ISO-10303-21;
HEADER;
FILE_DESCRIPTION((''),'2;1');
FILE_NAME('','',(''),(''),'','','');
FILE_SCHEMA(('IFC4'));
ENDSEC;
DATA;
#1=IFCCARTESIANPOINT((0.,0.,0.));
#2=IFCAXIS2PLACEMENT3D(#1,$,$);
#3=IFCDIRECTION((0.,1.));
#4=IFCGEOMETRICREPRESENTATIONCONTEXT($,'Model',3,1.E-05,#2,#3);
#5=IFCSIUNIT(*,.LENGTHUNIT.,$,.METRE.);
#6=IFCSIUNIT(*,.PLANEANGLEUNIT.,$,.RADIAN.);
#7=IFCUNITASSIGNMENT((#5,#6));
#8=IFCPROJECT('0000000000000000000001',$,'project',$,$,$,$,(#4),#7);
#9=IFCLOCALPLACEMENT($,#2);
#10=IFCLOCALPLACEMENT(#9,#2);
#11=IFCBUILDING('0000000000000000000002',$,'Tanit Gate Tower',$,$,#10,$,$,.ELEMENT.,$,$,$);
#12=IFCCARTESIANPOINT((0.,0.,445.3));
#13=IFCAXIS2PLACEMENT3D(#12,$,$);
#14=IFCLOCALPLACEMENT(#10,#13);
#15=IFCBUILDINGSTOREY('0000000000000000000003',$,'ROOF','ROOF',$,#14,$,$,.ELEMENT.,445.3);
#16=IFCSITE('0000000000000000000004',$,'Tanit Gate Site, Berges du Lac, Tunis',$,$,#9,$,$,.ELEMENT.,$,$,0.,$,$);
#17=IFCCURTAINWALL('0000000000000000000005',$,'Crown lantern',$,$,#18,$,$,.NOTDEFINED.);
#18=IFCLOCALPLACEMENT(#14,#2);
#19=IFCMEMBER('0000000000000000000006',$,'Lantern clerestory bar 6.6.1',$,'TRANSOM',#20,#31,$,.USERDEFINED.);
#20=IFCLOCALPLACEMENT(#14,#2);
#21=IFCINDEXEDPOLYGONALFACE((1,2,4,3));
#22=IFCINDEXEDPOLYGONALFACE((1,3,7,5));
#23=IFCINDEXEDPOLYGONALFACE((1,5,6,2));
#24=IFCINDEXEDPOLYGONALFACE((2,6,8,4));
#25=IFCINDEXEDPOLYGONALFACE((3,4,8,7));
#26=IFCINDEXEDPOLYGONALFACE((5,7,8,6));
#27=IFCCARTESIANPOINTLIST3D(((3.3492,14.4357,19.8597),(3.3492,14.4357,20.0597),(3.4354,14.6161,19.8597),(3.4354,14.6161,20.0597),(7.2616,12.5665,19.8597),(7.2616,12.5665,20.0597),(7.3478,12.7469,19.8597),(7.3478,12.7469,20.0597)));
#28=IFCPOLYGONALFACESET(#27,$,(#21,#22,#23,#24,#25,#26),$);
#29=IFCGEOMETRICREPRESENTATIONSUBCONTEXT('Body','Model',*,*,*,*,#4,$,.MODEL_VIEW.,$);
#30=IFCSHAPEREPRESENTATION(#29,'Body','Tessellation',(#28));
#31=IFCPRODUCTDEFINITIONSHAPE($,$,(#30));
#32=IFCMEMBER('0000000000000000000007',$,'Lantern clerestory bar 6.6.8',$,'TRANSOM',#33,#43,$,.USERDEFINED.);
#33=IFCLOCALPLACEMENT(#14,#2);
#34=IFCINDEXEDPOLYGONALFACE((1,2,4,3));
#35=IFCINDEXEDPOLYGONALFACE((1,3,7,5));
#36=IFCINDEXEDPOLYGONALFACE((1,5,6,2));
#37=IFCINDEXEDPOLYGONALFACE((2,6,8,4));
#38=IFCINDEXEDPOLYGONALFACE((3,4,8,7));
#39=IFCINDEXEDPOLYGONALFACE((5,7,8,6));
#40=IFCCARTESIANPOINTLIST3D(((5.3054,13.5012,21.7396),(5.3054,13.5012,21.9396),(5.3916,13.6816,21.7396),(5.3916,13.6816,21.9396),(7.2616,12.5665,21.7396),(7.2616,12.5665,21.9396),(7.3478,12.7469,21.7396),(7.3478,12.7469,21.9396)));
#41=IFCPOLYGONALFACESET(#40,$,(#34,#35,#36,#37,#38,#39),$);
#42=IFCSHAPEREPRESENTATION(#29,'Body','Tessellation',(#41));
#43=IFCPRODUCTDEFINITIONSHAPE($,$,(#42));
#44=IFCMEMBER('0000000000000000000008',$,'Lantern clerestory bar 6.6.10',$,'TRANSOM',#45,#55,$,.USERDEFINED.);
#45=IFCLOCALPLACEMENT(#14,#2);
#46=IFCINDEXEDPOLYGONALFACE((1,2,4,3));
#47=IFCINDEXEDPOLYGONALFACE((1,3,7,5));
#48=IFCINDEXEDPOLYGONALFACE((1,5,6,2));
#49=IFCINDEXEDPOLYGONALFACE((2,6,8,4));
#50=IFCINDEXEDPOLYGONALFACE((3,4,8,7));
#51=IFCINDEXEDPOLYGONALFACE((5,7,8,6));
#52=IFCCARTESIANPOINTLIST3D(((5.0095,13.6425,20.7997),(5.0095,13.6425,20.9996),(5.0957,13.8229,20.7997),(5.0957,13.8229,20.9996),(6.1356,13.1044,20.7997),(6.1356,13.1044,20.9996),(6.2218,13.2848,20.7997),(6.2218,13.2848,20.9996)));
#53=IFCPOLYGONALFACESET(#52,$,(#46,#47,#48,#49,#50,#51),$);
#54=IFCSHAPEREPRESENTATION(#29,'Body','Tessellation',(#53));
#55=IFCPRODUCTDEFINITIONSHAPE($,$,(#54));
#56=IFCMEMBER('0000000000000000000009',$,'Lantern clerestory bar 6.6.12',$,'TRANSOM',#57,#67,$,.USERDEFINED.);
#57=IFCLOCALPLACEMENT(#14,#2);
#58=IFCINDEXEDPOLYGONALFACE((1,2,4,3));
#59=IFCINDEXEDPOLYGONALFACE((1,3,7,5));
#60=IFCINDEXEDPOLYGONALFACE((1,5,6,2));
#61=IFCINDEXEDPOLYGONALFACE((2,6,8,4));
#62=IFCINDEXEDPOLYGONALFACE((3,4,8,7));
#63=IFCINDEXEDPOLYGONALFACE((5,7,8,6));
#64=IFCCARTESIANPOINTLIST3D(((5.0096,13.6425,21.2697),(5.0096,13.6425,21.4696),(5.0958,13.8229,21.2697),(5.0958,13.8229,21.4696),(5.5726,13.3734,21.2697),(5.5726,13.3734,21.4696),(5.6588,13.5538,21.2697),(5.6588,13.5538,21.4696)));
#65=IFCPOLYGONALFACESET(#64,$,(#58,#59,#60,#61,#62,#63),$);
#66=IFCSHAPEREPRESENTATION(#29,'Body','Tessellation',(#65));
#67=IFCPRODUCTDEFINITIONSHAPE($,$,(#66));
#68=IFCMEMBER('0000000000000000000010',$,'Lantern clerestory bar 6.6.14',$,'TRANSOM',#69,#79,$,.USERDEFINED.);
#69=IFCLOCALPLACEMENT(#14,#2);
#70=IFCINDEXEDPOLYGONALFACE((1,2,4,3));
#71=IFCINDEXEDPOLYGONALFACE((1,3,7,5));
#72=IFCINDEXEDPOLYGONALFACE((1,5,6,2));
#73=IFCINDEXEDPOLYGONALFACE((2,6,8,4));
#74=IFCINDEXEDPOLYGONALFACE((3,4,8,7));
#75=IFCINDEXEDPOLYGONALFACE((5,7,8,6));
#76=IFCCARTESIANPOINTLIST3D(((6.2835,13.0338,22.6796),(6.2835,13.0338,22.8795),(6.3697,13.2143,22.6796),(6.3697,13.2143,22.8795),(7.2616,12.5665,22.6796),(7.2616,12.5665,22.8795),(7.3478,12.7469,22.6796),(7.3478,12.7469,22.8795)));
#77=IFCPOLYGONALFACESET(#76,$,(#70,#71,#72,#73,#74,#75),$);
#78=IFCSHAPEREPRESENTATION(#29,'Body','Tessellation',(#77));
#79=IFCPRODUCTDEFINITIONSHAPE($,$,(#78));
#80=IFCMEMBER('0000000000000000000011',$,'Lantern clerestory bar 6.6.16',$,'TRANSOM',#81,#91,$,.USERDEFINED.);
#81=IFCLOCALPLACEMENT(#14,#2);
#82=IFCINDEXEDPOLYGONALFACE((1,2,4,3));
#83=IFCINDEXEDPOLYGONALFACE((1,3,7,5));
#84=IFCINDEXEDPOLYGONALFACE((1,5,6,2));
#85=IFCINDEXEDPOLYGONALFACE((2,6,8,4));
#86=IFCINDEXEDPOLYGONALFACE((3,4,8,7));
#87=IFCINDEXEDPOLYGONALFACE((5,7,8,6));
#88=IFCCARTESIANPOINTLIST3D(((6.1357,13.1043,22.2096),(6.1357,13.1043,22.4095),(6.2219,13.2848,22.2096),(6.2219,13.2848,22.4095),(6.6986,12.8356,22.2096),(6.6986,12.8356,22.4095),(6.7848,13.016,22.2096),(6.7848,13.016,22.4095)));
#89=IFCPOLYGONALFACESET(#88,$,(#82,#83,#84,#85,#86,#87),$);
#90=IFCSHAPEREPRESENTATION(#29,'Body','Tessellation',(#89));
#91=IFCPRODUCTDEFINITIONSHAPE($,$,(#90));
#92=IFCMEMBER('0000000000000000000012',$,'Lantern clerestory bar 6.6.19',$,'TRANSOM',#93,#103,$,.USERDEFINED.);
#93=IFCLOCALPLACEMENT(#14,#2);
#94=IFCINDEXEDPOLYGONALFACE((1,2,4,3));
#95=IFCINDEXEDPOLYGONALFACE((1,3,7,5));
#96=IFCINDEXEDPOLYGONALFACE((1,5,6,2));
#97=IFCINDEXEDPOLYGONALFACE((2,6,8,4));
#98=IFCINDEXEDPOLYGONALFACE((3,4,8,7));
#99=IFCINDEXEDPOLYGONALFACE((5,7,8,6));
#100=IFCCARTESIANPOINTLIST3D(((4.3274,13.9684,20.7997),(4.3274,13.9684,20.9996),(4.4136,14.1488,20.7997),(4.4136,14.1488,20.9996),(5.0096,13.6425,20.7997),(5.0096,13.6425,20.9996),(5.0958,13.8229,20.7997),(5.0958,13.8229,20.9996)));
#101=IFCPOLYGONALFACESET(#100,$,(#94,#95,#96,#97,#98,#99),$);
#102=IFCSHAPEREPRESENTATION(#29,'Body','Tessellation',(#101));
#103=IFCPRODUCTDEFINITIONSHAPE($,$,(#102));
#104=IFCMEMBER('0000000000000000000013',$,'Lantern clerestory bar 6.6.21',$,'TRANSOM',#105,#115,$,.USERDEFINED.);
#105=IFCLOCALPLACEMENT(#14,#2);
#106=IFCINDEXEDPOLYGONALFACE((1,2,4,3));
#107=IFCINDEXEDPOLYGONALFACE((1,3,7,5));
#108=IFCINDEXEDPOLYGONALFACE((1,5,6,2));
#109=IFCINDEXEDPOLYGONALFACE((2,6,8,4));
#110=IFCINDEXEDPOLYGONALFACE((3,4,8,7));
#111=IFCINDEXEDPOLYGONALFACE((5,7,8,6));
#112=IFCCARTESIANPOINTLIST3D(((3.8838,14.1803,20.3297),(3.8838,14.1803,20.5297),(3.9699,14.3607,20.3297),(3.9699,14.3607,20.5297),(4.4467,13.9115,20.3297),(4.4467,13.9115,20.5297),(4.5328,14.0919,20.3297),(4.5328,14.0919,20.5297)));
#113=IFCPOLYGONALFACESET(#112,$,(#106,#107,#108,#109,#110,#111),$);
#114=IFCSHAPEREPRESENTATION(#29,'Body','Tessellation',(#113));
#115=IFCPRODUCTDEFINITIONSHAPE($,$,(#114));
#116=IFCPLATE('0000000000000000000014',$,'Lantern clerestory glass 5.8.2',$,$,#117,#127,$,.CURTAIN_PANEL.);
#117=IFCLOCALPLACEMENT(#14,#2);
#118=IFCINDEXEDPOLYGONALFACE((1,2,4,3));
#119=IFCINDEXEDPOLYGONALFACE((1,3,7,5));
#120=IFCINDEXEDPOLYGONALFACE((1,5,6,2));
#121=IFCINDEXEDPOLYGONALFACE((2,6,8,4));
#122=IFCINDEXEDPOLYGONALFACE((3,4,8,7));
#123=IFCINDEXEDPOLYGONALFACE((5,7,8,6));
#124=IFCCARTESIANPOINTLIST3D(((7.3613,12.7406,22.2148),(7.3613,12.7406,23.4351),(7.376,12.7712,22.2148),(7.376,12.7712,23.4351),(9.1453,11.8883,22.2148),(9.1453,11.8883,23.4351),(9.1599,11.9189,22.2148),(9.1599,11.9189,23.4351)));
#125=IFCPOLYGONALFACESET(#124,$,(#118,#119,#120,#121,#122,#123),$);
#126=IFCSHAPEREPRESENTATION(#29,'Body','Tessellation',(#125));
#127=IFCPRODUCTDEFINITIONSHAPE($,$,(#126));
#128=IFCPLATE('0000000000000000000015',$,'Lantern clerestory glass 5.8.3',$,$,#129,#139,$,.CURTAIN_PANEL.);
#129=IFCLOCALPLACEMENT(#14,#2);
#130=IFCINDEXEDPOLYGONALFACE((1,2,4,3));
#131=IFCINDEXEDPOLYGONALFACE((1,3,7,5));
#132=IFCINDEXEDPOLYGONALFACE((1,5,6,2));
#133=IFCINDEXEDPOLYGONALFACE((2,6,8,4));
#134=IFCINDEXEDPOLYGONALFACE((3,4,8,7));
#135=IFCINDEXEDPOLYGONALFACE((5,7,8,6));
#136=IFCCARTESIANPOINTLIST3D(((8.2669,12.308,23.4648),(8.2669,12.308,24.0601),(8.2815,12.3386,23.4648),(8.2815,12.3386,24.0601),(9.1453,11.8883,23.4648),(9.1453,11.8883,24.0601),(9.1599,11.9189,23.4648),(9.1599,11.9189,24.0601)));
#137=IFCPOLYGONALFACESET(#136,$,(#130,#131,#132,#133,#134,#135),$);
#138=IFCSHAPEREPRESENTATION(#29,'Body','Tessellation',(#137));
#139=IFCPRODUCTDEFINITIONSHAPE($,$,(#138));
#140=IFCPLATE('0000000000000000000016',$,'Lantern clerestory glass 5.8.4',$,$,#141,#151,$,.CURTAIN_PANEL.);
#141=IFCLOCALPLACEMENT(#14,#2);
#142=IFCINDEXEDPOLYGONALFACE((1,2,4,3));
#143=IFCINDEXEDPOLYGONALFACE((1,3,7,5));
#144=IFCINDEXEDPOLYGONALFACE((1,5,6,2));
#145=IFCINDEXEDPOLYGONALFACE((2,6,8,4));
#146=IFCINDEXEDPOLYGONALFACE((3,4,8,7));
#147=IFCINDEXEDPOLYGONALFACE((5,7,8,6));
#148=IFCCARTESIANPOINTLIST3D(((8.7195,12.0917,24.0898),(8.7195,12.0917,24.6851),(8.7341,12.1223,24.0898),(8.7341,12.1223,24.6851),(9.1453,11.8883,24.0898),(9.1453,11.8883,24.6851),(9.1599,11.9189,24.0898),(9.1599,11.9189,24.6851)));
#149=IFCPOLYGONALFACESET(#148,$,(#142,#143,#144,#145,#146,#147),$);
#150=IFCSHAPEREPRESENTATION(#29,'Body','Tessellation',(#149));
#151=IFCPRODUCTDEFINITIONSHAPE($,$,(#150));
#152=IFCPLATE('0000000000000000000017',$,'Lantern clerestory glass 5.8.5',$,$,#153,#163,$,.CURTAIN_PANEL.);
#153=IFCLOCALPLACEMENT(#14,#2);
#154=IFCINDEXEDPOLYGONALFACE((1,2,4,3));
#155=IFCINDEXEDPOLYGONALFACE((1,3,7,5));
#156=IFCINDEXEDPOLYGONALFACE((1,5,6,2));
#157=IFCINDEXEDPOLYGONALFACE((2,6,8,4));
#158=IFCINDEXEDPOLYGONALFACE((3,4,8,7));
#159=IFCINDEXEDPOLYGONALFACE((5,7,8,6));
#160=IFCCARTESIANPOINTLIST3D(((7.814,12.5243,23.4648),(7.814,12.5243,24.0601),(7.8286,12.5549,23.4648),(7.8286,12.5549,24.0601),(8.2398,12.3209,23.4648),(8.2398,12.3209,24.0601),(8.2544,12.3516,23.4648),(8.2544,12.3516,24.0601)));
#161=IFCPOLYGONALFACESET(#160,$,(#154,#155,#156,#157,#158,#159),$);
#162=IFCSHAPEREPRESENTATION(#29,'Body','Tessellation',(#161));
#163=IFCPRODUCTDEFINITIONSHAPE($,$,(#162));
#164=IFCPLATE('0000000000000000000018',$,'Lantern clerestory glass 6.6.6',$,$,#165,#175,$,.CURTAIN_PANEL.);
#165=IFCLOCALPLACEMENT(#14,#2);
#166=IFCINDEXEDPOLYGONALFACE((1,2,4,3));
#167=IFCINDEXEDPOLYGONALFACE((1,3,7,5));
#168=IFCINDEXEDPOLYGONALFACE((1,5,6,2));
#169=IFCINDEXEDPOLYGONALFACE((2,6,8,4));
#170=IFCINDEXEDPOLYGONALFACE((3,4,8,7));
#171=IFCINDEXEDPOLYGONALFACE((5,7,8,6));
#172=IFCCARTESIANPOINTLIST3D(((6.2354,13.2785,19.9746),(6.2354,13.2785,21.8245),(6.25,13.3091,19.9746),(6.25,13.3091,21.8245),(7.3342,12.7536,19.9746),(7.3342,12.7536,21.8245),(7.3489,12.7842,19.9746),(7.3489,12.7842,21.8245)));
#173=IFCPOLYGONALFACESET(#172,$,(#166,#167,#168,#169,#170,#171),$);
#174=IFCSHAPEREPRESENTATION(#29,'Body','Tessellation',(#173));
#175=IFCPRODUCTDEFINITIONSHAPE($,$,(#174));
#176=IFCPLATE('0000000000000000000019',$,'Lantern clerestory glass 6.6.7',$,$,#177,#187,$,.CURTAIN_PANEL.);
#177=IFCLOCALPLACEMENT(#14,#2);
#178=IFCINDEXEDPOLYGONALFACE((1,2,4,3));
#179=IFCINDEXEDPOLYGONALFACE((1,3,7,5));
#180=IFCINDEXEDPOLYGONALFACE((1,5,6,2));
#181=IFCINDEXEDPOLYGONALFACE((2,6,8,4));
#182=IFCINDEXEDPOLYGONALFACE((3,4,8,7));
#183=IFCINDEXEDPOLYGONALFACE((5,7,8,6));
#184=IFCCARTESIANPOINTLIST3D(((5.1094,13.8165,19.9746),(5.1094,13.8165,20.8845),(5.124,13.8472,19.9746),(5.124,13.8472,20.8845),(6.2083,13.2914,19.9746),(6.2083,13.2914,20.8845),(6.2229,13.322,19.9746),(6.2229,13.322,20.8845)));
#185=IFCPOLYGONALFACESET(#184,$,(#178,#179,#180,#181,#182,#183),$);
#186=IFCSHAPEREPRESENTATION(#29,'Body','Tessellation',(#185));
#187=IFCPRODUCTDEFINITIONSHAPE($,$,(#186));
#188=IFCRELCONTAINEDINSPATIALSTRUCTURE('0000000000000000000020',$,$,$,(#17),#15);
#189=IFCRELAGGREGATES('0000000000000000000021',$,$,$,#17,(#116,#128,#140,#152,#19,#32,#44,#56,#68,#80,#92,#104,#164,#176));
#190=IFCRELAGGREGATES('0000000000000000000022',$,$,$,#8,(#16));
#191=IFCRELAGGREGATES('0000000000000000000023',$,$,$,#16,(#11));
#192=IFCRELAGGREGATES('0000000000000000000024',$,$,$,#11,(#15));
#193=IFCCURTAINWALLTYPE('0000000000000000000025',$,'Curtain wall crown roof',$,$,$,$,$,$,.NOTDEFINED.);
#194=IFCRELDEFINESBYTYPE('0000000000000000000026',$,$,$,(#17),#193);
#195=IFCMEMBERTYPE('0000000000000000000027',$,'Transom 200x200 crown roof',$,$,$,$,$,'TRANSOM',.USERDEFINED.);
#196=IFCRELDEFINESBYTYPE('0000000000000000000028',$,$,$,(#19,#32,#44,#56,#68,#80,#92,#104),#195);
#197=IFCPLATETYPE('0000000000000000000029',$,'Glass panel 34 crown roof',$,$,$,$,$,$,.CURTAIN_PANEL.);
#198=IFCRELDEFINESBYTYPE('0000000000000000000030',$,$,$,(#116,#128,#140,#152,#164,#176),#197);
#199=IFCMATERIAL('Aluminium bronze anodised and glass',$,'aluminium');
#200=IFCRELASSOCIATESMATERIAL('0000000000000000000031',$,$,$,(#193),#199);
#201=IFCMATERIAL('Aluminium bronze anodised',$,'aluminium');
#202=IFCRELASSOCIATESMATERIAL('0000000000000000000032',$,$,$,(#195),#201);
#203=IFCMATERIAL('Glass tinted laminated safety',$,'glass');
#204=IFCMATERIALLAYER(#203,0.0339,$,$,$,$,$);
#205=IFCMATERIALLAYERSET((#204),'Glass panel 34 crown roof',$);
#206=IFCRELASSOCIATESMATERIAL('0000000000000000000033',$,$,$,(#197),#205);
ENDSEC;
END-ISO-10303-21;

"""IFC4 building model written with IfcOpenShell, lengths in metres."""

from ifc_helpers import new_model, si_unit, direction, frame, origin, origin_2d, place, context, subcontext, project, spatial, polyline, rectangle, outline, extrude, material, layer, layer_set, material_profile, profile_set, type_object, element, aggregate, save


model = new_model("IFC4")

# Units and contexts
model_context = context("Model", 3, precision=1e-05, world=origin(), true_north=direction((0.0, 1.0)))
body_context = subcontext(model_context, "Body", "Model", "MODEL_VIEW")
ifc_project = project(units=[si_unit("LENGTHUNIT", "METRE"), si_unit("PLANEANGLEUNIT", "RADIAN")], contexts=[model_context])

# Site, building, storey
site_placement = place(None, origin())
site = spatial("IfcSite", under=ifc_project, at=site_placement, Name="Tanit Gate Site, Berges du Lac, Tunis", CompositionType="ELEMENT", RefElevation=0.0)
building_placement = place(site_placement, origin())
building = spatial("IfcBuilding", under=site, at=building_placement, Name="Tanit Gate Tower", CompositionType="ELEMENT")
storey_placement = place(building_placement, frame((0.0, 0.0, 445.3)))
storey = spatial("IfcBuildingStorey", under=building, at=storey_placement, Name="ROOF", Description="ROOF", CompositionType="ELEMENT", Elevation=445.3)

# Curtain wall, members, plates
ifc_material_1 = material(Name="Aluminium bronze anodised and glass", Category="aluminium")
curtain_wall_type = type_object("IfcCurtainWallType", Name="Curtain wall crown roof", PredefinedType="NOTDEFINED", material=ifc_material_1)
curtain_wall_placement = place(storey_placement, origin())
curtain_wall = element("IfcCurtainWall", 1, at=curtain_wall_placement, inside=storey, type_object=curtain_wall_type, Name="Crown lantern", PredefinedType="NOTDEFINED")
ifc_material_2 = material(Name="Aluminium bronze anodised", Category="aluminium")
ifc_material_profile_1 = material_profile(ifc_material_2, rectangle(XDim=0.2, YDim=0.2, at=origin_2d()), Name="200x200 bronze transom")
ifc_profile_set_1 = profile_set([ifc_material_profile_1], Name="Aluminium bronze anodised")
member_type_1 = type_object("IfcMemberType", Name="Transom 200x200 crown roof", ElementType="TRANSOM", PredefinedType="USERDEFINED", material=ifc_profile_set_1)
member_1_placement = place(storey_placement, frame((7.3047, 12.6567, 19.9597), z_axis=(-0.902312, 0.431083, 0.0), x_axis=(-0.431083, -0.902312, 0.0)))
member_1 = element("IfcMember", 2, at=member_1_placement, type_object=member_type_1, Name="Lantern clerestory bar 6.6.1", ObjectType="TRANSOM", PredefinedType="USERDEFINED", context=body_context, shape_type="SweptSolid", body=[
    extrude(rectangle(XDim=0.2, YDim=0.2, at=origin_2d()), origin(), (0.0, 0.0, 1.0), 4.3359),
])
member_2_placement = place(storey_placement, frame((7.3047, 12.6567, 21.8396), z_axis=(-0.902302, 0.431105, 0.0), x_axis=(-0.431105, -0.902302, 0.0)))
member_2 = element("IfcMember", 3, at=member_2_placement, type_object=member_type_1, Name="Lantern clerestory bar 6.6.8", ObjectType="TRANSOM", PredefinedType="USERDEFINED", context=body_context, shape_type="SweptSolid", body=[
    extrude(rectangle(XDim=0.2, YDim=0.2, at=origin_2d()), origin(), (0.0, 0.0, 1.0), 2.168),
])
member_3_placement = place(storey_placement, frame((6.1787, 13.1946, 20.8997), z_axis=(-0.902267, 0.431179, 0.0), x_axis=(-0.431179, -0.902267, 0.0)))
member_3 = element("IfcMember", 4, at=member_3_placement, type_object=member_type_1, Name="Lantern clerestory bar 6.6.10", ObjectType="TRANSOM", PredefinedType="USERDEFINED", context=body_context, shape_type="SweptSolid", body=[
    extrude(rectangle(XDim=0.2, YDim=0.2, at=origin_2d()), origin(), (0.0, 0.0, 1.0), 1.248),
])
member_4_placement = place(storey_placement, frame((5.6157, 13.4636, 21.3696), z_axis=(-0.902267, 0.431179, 0.0), x_axis=(-0.431179, -0.902267, 0.0)))
member_4 = element("IfcMember", 5, at=member_4_placement, type_object=member_type_1, Name="Lantern clerestory bar 6.6.12", ObjectType="TRANSOM", PredefinedType="USERDEFINED", context=body_context, shape_type="SweptSolid", body=[
    extrude(rectangle(XDim=0.2, YDim=0.2, at=origin_2d()), origin(), (0.0, 0.0, 1.0), 0.624),
])
member_5_placement = place(storey_placement, frame((7.3047, 12.6567, 22.7795), z_axis=(-0.902302, 0.431105, 0.0), x_axis=(-0.431105, -0.902302, 0.0)))
member_5 = element("IfcMember", 6, at=member_5_placement, type_object=member_type_1, Name="Lantern clerestory bar 6.6.14", ObjectType="TRANSOM", PredefinedType="USERDEFINED", context=body_context, shape_type="SweptSolid", body=[
    extrude(rectangle(XDim=0.2, YDim=0.2, at=origin_2d()), origin(), (0.0, 0.0, 1.0), 1.084),
])
member_6_placement = place(storey_placement, frame((6.7417, 12.9258, 22.3096), z_axis=(-0.902419, 0.43086, 0.0), x_axis=(-0.43086, -0.902419, 0.0)))
member_6 = element("IfcMember", 7, at=member_6_placement, type_object=member_type_1, Name="Lantern clerestory bar 6.6.16", ObjectType="TRANSOM", PredefinedType="USERDEFINED", context=body_context, shape_type="SweptSolid", body=[
    extrude(rectangle(XDim=0.2, YDim=0.2, at=origin_2d()), origin(), (0.0, 0.0, 1.0), 0.6238),
])
member_7_placement = place(storey_placement, frame((5.0527, 13.7327, 20.8997), z_axis=(-0.902293, 0.431124, 0.0), x_axis=(-0.431124, -0.902293, 0.0)))
member_7 = element("IfcMember", 8, at=member_7_placement, type_object=member_type_1, Name="Lantern clerestory bar 6.6.19", ObjectType="TRANSOM", PredefinedType="USERDEFINED", context=body_context, shape_type="SweptSolid", body=[
    extrude(rectangle(XDim=0.2, YDim=0.2, at=origin_2d()), origin(), (0.0, 0.0, 1.0), 0.7561),
])
member_8_placement = place(storey_placement, frame((4.4897, 14.0017, 20.4297), z_axis=(-0.902419, 0.43086, 0.0), x_axis=(-0.43086, -0.902419, 0.0)))
member_8 = element("IfcMember", 9, at=member_8_placement, type_object=member_type_1, Name="Lantern clerestory bar 6.6.21", ObjectType="TRANSOM", PredefinedType="USERDEFINED", context=body_context, shape_type="SweptSolid", body=[
    extrude(rectangle(XDim=0.2, YDim=0.2, at=origin_2d()), origin(), (0.0, 0.0, 1.0), 0.6238),
])
ifc_material_3 = material(Name="Glass tinted laminated safety", Category="glass")
ifc_layer = layer(ifc_material_3, 0.0339)
ifc_layer_set = layer_set([ifc_layer], Name="Glass panel 34 crown roof")
plate_type = type_object("IfcPlateType", Name="Glass panel 34 crown roof", PredefinedType="CURTAIN_PANEL", material=ifc_layer_set)
plate_1_placement = place(storey_placement, frame((9.1599, 11.9189, 22.2148), z_axis=(0.431088, 0.90231, 0.0), x_axis=(-0.90231, 0.431088, 0.0)))
plate_1 = element("IfcPlate", 10, at=plate_1_placement, type_object=plate_type, Name="Lantern clerestory glass 5.8.2", PredefinedType="CURTAIN_PANEL", context=body_context, shape_type="SweptSolid", body=[
    extrude(outline(polyline([(0.0, 0.0), (1.9771, 0.0), (1.9771, 1.2202), (0.0, 1.2202), (0.0, 0.0)])), origin(), (0.0, 0.0, -1.0), 0.0339),
])
plate_2_placement = place(storey_placement, frame((9.1599, 11.9189, 23.4648), z_axis=(0.431092, 0.902308, 0.0), x_axis=(-0.902308, 0.431092, 0.0)))
plate_2 = element("IfcPlate", 11, at=plate_2_placement, type_object=plate_type, Name="Lantern clerestory glass 5.8.3", PredefinedType="CURTAIN_PANEL", context=body_context, shape_type="SweptSolid", body=[
    extrude(outline(polyline([(0.0, 0.0), (0.9735, 0.0), (0.9735, 0.5952), (0.0, 0.5952), (0.0, 0.0)])), origin(), (0.0, 0.0, -1.0), 0.0339),
])
plate_3_placement = place(storey_placement, frame((9.1599, 11.9189, 24.0898), z_axis=(0.430998, 0.902353, 0.0), x_axis=(-0.902353, 0.430998, 0.0)))
plate_3 = element("IfcPlate", 12, at=plate_3_placement, type_object=plate_type, Name="Lantern clerestory glass 5.8.4", PredefinedType="CURTAIN_PANEL", context=body_context, shape_type="SweptSolid", body=[
    extrude(outline(polyline([(0.0, 0.0), (0.4719, 0.0), (0.4719, 0.5952), (0.0, 0.5952), (0.0, 0.0)])), origin(), (0.0, 0.0, -1.0), 0.0339),
])
plate_4_placement = place(storey_placement, frame((8.2544, 12.3516, 23.4648), z_axis=(0.430998, 0.902353, 0.0), x_axis=(-0.902353, 0.430998, 0.0)))
plate_4 = element("IfcPlate", 13, at=plate_4_placement, type_object=plate_type, Name="Lantern clerestory glass 5.8.5", PredefinedType="CURTAIN_PANEL", context=body_context, shape_type="SweptSolid", body=[
    extrude(outline(polyline([(0.0, 0.0), (0.4719, 0.0), (0.4719, 0.5952), (0.0, 0.5952), (0.0, 0.0)])), origin(), (0.0, 0.0, -1.0), 0.0339),
])
plate_5_placement = place(storey_placement, frame((7.3489, 12.7842, 19.9746), z_axis=(0.431023, 0.902341, 0.0), x_axis=(-0.902341, 0.431023, 0.0)))
plate_5 = element("IfcPlate", 14, at=plate_5_placement, type_object=plate_type, Name="Lantern clerestory glass 6.6.6", PredefinedType="CURTAIN_PANEL", context=body_context, shape_type="SweptSolid", body=[
    extrude(outline(polyline([(0.0, 0.0), (1.2178, 0.0), (1.2178, 1.8499), (0.0, 1.8499), (0.0, 0.0)])), origin(), (0.0, 0.0, -1.0), 0.0339),
])
plate_6_placement = place(storey_placement, frame((6.2229, 13.322, 19.9746), z_axis=(0.431186, 0.902263, 0.0), x_axis=(-0.902263, 0.431186, 0.0)))
plate_6 = element("IfcPlate", 15, at=plate_6_placement, type_object=plate_type, Name="Lantern clerestory glass 6.6.7", PredefinedType="CURTAIN_PANEL", context=body_context, shape_type="SweptSolid", body=[
    extrude(outline(polyline([(0.0, 0.0), (1.2179, 0.0), (1.2179, 0.9099), (0.0, 0.9099), (0.0, 0.0)])), origin(), (0.0, 0.0, -1.0), 0.0339),
])
aggregate(curtain_wall, [plate_1, plate_2, plate_3, plate_4, member_1, member_2, member_3, member_4, member_5, member_6, member_7, member_8, plate_5, plate_6])

save(model, "model.ifc")
